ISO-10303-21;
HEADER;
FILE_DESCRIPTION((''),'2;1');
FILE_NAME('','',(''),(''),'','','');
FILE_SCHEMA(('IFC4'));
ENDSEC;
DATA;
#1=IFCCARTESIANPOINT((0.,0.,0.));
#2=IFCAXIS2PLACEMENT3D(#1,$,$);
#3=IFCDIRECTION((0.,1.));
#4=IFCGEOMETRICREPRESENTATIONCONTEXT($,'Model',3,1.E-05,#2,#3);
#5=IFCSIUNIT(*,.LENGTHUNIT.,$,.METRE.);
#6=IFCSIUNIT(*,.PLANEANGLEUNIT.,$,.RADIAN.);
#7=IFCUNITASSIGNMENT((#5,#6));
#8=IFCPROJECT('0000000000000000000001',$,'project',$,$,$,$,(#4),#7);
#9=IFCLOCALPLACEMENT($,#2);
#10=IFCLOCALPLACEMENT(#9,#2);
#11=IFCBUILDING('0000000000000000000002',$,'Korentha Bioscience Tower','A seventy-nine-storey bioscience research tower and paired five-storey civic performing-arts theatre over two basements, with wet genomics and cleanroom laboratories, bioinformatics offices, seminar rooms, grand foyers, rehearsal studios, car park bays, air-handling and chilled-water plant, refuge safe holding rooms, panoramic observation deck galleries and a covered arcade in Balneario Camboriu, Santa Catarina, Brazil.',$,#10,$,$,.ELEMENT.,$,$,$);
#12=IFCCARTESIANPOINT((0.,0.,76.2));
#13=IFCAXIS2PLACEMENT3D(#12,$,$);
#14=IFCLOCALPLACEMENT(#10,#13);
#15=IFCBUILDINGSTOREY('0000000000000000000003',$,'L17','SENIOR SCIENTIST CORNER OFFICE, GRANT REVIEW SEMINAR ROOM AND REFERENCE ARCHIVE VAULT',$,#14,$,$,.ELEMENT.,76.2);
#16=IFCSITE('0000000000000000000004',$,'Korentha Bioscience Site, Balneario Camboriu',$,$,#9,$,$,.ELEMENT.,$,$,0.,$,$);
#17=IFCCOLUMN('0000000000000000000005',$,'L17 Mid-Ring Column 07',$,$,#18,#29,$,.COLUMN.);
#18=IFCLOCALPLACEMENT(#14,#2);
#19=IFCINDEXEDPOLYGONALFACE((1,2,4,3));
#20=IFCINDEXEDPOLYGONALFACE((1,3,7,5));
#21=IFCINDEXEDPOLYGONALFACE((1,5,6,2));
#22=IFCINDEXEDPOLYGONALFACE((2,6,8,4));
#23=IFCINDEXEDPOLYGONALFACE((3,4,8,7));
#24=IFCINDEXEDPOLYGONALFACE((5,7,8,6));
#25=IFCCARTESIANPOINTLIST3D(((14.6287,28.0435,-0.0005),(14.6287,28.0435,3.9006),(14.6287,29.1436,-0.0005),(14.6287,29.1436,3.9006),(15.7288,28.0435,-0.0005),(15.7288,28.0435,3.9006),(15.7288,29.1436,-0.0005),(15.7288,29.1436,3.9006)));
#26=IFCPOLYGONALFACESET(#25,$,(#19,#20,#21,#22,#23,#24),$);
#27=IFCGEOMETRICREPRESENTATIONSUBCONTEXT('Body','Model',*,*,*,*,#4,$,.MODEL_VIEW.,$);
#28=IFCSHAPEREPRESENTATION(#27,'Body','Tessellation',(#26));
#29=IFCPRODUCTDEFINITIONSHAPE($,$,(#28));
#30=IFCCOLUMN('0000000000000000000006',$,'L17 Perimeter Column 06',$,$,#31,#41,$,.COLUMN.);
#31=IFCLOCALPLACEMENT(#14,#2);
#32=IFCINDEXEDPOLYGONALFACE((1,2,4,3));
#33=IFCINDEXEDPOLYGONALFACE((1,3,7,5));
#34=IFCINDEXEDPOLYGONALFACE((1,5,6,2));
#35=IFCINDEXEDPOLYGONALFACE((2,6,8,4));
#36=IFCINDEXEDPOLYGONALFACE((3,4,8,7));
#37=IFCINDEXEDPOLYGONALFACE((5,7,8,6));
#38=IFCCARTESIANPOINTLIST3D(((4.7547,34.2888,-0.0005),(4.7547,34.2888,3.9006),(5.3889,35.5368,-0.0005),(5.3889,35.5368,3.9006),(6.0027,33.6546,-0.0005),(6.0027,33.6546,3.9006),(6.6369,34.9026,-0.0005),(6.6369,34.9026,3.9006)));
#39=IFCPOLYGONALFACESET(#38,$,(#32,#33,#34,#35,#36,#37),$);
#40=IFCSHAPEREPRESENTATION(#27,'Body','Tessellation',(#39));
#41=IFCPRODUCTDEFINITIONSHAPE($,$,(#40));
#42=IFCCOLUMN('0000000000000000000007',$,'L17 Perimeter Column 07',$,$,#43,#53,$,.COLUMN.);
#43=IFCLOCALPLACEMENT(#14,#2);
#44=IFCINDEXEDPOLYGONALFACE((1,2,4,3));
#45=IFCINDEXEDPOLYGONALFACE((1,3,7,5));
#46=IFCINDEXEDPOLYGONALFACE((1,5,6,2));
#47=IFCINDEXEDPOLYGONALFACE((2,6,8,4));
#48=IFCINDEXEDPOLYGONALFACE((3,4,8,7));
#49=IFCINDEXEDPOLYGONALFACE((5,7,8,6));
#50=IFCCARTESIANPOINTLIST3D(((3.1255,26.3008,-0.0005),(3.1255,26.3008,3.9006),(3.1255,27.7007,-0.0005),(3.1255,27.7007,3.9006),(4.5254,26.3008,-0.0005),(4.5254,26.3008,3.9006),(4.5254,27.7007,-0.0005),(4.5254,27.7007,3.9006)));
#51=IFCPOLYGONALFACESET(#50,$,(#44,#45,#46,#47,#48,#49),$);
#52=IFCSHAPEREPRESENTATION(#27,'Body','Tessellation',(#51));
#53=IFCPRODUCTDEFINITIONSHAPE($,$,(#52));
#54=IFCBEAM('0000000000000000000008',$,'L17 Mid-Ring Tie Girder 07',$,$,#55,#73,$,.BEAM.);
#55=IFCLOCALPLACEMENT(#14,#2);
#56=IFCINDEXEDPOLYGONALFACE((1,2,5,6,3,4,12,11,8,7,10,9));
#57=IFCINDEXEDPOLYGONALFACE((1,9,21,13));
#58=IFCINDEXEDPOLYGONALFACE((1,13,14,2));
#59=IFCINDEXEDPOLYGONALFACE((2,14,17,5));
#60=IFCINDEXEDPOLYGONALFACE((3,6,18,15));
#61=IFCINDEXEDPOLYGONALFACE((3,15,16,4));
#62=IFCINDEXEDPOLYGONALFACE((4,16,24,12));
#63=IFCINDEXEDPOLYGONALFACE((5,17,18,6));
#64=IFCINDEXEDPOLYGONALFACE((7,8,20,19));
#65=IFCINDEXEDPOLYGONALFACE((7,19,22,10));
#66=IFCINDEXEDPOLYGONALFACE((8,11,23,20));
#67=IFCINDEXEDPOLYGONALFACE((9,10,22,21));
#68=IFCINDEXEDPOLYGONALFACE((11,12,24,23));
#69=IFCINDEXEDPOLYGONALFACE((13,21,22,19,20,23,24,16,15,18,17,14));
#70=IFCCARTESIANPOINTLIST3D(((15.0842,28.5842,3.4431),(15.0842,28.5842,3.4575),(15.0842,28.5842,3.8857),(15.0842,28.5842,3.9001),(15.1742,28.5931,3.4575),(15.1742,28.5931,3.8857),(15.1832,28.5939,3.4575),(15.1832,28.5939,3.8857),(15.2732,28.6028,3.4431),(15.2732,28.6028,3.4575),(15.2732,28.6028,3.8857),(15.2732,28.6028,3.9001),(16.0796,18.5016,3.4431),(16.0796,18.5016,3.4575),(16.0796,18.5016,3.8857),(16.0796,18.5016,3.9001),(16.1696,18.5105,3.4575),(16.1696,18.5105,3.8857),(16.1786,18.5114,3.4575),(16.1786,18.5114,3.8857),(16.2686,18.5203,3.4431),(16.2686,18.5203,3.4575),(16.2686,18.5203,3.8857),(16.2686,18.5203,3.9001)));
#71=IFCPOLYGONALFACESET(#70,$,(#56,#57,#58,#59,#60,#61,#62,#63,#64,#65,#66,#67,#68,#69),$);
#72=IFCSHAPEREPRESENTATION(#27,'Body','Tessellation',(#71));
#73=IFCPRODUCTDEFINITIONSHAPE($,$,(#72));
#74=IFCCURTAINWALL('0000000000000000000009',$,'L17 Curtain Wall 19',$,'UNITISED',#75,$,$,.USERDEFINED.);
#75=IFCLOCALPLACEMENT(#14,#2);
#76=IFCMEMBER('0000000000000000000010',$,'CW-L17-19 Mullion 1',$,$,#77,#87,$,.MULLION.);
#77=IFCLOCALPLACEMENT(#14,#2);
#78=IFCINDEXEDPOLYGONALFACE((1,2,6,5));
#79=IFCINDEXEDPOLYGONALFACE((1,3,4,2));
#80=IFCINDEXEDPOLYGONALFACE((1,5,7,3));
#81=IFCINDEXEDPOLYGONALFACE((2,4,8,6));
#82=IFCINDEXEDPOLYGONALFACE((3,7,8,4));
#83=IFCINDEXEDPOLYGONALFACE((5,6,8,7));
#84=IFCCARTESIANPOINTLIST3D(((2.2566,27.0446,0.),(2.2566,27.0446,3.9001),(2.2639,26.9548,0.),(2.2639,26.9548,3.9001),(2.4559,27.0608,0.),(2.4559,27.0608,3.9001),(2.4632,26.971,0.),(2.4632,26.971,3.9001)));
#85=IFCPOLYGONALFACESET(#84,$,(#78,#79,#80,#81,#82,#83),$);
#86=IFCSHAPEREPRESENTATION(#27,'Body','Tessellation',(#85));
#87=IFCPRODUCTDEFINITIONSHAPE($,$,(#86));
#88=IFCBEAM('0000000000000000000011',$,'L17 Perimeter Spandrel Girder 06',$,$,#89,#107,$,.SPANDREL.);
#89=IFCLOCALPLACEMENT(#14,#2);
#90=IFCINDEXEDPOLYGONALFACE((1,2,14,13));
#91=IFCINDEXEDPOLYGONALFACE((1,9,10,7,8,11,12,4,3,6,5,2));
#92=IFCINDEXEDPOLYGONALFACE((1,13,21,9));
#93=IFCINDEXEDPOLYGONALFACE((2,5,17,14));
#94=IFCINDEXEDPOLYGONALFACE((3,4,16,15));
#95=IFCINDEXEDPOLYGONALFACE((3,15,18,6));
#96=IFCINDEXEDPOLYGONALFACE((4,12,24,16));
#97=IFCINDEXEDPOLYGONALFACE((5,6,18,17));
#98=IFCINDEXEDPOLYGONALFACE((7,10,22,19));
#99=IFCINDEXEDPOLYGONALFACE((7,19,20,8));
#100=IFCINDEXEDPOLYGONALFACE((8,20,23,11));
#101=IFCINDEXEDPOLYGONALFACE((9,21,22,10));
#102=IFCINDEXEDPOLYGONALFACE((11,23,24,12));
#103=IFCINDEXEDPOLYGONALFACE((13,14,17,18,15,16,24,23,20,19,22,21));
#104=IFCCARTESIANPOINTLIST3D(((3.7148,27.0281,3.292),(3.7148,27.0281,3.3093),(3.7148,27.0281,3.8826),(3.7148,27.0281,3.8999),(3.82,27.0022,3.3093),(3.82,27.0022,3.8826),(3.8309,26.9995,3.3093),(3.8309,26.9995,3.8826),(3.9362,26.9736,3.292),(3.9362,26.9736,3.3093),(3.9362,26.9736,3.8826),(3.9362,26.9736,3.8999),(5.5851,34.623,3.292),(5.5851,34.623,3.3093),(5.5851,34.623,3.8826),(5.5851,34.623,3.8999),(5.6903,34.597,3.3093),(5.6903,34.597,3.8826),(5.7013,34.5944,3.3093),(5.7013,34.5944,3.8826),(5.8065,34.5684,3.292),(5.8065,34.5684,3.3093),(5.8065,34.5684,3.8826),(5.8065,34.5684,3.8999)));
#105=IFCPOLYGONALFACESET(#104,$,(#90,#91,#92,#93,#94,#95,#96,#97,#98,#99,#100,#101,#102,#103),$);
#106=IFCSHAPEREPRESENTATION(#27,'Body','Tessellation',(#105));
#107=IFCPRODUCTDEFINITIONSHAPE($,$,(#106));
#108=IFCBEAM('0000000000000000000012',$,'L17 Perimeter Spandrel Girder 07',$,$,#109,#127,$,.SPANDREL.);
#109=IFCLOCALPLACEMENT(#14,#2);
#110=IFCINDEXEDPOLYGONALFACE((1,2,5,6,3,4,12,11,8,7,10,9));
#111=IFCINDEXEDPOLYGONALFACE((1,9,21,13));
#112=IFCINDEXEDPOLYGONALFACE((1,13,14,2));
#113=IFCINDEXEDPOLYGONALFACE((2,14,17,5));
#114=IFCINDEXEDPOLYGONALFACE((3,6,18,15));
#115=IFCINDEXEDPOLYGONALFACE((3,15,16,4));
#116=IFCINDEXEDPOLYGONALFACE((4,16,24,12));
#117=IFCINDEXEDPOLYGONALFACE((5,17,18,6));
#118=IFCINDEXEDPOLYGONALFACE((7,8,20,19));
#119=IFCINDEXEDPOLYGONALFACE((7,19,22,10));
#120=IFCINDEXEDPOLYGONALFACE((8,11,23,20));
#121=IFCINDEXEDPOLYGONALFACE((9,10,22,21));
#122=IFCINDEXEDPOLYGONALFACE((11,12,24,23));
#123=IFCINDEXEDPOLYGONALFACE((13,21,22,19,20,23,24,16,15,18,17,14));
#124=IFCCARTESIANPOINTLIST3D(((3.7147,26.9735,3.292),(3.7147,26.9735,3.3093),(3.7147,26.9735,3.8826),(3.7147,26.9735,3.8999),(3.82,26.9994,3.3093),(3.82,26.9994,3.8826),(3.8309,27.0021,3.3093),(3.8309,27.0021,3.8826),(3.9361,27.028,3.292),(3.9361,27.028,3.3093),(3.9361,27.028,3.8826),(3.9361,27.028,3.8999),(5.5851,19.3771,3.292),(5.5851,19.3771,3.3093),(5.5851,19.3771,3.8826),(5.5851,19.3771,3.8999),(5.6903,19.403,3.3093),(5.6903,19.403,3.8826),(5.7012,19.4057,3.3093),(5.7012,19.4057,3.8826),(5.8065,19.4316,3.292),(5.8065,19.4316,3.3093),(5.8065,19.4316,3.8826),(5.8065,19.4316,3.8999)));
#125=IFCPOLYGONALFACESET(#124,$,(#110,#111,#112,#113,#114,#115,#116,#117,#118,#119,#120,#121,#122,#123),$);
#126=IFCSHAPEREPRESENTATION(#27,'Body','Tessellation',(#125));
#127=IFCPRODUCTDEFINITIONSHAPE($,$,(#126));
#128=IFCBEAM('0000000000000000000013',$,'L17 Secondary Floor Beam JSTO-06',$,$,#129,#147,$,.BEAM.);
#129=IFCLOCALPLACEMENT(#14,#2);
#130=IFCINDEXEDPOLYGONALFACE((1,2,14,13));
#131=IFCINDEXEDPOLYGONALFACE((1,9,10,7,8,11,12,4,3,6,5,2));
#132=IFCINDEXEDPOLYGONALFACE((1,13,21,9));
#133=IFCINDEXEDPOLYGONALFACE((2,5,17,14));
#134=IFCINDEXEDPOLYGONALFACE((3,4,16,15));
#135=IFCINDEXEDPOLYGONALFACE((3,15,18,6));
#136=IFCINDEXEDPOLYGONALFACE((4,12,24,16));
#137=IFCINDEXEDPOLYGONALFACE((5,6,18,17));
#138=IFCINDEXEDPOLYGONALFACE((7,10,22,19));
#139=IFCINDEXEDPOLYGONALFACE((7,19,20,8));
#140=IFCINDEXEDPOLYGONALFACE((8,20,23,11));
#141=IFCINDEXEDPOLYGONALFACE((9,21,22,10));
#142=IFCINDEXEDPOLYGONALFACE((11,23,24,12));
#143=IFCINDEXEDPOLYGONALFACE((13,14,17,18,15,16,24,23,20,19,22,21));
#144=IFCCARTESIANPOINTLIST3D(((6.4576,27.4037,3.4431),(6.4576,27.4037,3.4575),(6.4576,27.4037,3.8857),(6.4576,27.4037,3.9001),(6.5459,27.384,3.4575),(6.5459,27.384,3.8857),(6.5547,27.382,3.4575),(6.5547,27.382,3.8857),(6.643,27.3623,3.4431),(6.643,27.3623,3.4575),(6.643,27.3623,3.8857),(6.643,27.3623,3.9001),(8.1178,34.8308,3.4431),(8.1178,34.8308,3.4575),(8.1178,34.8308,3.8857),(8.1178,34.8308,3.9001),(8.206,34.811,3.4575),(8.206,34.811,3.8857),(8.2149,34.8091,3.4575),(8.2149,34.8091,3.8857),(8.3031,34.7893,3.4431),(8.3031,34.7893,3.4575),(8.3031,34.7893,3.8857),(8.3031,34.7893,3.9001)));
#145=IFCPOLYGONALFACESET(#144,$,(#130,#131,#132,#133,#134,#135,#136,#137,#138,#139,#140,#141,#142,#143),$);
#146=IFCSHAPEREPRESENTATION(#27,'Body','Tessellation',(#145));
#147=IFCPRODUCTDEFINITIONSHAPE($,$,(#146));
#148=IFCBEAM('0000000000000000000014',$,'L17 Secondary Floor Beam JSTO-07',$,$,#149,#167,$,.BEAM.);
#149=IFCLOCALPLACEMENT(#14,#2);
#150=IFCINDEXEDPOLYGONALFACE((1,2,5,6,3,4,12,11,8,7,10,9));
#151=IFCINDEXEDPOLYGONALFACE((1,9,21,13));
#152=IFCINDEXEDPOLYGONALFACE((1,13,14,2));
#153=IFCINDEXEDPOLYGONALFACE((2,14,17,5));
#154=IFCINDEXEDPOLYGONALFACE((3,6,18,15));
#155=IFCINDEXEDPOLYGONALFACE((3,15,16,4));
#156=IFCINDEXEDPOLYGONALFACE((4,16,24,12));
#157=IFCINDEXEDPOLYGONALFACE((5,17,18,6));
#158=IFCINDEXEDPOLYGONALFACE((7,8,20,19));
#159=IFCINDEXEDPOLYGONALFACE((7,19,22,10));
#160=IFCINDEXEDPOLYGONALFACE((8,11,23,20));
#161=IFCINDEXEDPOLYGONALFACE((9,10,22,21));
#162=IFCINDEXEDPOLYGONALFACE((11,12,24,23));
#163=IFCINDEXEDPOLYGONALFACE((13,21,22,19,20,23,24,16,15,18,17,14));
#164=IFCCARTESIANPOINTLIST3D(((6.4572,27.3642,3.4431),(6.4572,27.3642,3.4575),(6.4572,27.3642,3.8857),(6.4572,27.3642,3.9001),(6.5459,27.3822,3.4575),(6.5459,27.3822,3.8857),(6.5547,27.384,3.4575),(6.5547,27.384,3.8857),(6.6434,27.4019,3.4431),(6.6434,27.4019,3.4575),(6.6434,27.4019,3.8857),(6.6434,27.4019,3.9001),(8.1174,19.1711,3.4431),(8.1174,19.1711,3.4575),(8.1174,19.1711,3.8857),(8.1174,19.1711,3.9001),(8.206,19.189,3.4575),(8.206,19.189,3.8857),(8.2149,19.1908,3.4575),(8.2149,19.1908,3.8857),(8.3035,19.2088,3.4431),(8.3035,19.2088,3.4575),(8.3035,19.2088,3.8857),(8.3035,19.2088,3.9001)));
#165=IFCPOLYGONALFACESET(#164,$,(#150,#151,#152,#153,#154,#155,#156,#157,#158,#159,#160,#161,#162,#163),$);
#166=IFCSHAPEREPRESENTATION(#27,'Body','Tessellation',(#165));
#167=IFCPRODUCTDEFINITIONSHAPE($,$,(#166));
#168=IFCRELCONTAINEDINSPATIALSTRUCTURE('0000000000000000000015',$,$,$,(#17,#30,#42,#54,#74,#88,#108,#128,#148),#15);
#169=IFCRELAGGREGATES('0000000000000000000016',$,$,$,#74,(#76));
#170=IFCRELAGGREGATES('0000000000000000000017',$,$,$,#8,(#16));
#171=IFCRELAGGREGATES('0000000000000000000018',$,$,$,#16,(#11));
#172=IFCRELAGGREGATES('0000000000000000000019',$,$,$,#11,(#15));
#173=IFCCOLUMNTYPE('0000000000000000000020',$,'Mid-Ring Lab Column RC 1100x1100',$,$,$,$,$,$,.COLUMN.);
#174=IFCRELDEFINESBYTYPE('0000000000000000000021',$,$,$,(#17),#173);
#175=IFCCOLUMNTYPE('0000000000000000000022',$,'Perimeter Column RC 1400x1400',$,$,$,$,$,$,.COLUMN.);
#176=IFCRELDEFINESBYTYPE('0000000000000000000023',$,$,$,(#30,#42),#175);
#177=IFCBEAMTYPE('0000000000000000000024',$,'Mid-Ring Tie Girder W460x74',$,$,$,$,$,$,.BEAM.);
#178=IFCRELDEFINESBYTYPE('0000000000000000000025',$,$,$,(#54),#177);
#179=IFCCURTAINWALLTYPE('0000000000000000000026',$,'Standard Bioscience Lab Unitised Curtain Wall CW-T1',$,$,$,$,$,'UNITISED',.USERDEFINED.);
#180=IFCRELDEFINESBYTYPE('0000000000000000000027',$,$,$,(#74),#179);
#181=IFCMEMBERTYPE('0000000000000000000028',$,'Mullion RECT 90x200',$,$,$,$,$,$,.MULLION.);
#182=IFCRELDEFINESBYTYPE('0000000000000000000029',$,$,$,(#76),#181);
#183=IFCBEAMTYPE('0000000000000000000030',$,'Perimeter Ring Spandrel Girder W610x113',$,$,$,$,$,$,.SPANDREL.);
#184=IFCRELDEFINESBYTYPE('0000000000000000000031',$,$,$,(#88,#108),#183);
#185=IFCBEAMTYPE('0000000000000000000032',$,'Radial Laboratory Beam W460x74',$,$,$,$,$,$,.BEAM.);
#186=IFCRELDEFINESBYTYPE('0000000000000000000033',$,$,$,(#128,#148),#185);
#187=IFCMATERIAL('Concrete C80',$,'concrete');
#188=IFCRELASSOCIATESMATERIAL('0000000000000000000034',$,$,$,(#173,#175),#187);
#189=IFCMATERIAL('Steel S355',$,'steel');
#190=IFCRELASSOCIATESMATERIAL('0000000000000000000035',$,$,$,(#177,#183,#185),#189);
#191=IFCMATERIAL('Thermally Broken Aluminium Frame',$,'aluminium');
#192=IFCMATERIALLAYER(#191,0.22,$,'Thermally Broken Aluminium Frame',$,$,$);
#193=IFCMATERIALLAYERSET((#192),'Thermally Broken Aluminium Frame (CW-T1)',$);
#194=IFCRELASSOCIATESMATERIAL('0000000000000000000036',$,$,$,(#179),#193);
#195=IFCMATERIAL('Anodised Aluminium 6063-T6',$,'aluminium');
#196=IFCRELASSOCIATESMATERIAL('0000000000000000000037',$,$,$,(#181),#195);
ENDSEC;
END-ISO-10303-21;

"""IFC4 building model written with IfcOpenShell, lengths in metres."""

from ifc_helpers import new_model, si_unit, direction, frame, origin, origin_2d, place, context, subcontext, project, spatial, rectangle, i_section, extrude, material, layer, layer_set, material_profile, profile_set, type_object, element, aggregate, save


model = new_model("IFC4")

# Units and contexts
model_context = context("Model", 3, precision=1e-05, world=origin(), true_north=direction((0.0, 1.0)))
body_context = subcontext(model_context, "Body", "Model", "MODEL_VIEW")
ifc_project = project(units=[si_unit("LENGTHUNIT", "METRE"), si_unit("PLANEANGLEUNIT", "RADIAN")], contexts=[model_context])

# Site, building, storey
site_placement = place(None, origin())
site = spatial("IfcSite", under=ifc_project, at=site_placement, Name="Korentha Bioscience Site, Balneario Camboriu", CompositionType="ELEMENT", RefElevation=0.0)
building_placement = place(site_placement, origin())
building = spatial("IfcBuilding", under=site, at=building_placement, Name="Korentha Bioscience Tower", Description="A seventy-nine-storey bioscience research tower and paired five-storey civic performing-arts theatre over two basements, with wet genomics and cleanroom laboratories, bioinformatics offices, seminar rooms, grand foyers, rehearsal studios, car park bays, air-handling and chilled-water plant, refuge safe holding rooms, panoramic observation deck galleries and a covered arcade in Balneario Camboriu, Santa Catarina, Brazil.", CompositionType="ELEMENT")
storey_placement = place(building_placement, frame((0.0, 0.0, 76.2)))
storey = spatial("IfcBuildingStorey", under=building, at=storey_placement, Name="L17", Description="SENIOR SCIENTIST CORNER OFFICE, GRANT REVIEW SEMINAR ROOM AND REFERENCE ARCHIVE VAULT", CompositionType="ELEMENT", Elevation=76.2)

# Columns
ifc_material_1 = material(Name="Concrete C80", Category="concrete")
ifc_material_profile_1 = material_profile(ifc_material_1, rectangle(XDim=1.1001, YDim=1.1001, at=origin_2d()), Name="Concrete C80")
ifc_profile_set_1 = profile_set([ifc_material_profile_1], Name="Concrete C80 (COL-MR11)")
column_type_1 = type_object("IfcColumnType", Name="Mid-Ring Lab Column RC 1100x1100", PredefinedType="COLUMN", material=ifc_profile_set_1)
column_placement = place(storey_placement, frame((15.1787, 28.5935, -0.0005), z_axis=(0.0, 0.0, 1.0), x_axis=(1.0, 0.0, 0.0)))
element("IfcColumn", 1, at=column_placement, inside=storey, type_object=column_type_1, Name="L17 Mid-Ring Column 07", PredefinedType="COLUMN", context=body_context, shape_type="SweptSolid", body=[
    extrude(rectangle(XDim=1.1001, YDim=1.1001, at=origin_2d()), origin(), (0.0, 0.0, 1.0), 3.9011),
])
ifc_material_profile_2 = material_profile(ifc_material_1, rectangle(XDim=1.3999, YDim=1.3999, at=origin_2d()), Name="Concrete C80")
ifc_profile_set_2 = profile_set([ifc_material_profile_2], Name="Concrete C80 (COL-P14)")
column_type_2 = type_object("IfcColumnType", Name="Perimeter Column RC 1400x1400", PredefinedType="COLUMN", material=ifc_profile_set_2)
for number, where, z_axis, x_axis, name in (
    (2, (5.6958, 34.5957, -0.0005), (0.0, 0.0, 1.0), (0.453057, 0.891481, 0.0), "L17 Perimeter Column 06"),
    (3, (3.8254, 27.0007, -0.0005), (0.0, 0.0, 1.0), (0.0, 1.0, 0.0), "L17 Perimeter Column 07"),
):
    element("IfcColumn", number, at=place(storey_placement, frame(where, z_axis=z_axis, x_axis=x_axis)), inside=storey, type_object=column_type_2, Name=name, PredefinedType="COLUMN", context=body_context, shape_type="SweptSolid", body=[
        extrude(rectangle(XDim=1.3999, YDim=1.3999, at=origin_2d()), origin(), (0.0, 0.0, 1.0), 3.9011),
    ])

# Beam
ifc_material_2 = material(Name="Steel S355", Category="steel")
ifc_material_profile_3 = material_profile(ifc_material_2, i_section(OverallWidth=0.1899, OverallDepth=0.457, WebThickness=0.009, FlangeThickness=0.0144, at=origin_2d()), Name="Steel S355")
ifc_profile_set_3 = profile_set([ifc_material_profile_3], Name="Steel S355 (MB-460)")
beam_type_1 = type_object("IfcBeamType", Name="Mid-Ring Tie Girder W460x74", PredefinedType="BEAM", material=ifc_profile_set_3)
beam_1_placement = place(storey_placement, frame((15.1787, 28.5935, 3.6716), z_axis=(0.098244, -0.995162, 0.0), x_axis=(0.995162, 0.098244, 0.0)))
element("IfcBeam", 4, at=beam_1_placement, inside=storey, type_object=beam_type_1, Name="L17 Mid-Ring Tie Girder 07", PredefinedType="BEAM", context=body_context, shape_type="SweptSolid", body=[
    extrude(i_section(OverallWidth=0.1899, OverallDepth=0.457, WebThickness=0.009, FlangeThickness=0.0144, at=origin_2d()), origin(), (0.0, 0.0, 1.0), 10.1316),
])

# Curtain wall, member
ifc_material_3 = material(Name="Thermally Broken Aluminium Frame", Category="aluminium")
ifc_layer_1 = layer(ifc_material_3, 0.22, Name="Thermally Broken Aluminium Frame")
ifc_layer_set_1 = layer_set([ifc_layer_1], Name="Thermally Broken Aluminium Frame (CW-T1)")
curtain_wall_type = type_object("IfcCurtainWallType", Name="Standard Bioscience Lab Unitised Curtain Wall CW-T1", ElementType="UNITISED", PredefinedType="USERDEFINED", material=ifc_layer_set_1)
curtain_wall_placement = place(storey_placement, origin())
curtain_wall = element("IfcCurtainWall", 5, at=curtain_wall_placement, inside=storey, type_object=curtain_wall_type, Name="L17 Curtain Wall 19", ObjectType="UNITISED", PredefinedType="USERDEFINED")
ifc_material_4 = material(Name="Anodised Aluminium 6063-T6", Category="aluminium")
ifc_material_profile_4 = material_profile(ifc_material_4, rectangle(XDim=0.0901, YDim=0.2, at=origin_2d()), Name="Anodised Aluminium 6063-T6")
ifc_profile_set_4 = profile_set([ifc_material_profile_4], Name="Anodised Aluminium 6063-T6 (CW-MUL)")
member_type_1 = type_object("IfcMemberType", Name="Mullion RECT 90x200", PredefinedType="MULLION", material=ifc_profile_set_4)
member_1_placement = place(storey_placement, frame((2.3599, 27.0078, 0.0), z_axis=(0.0, 0.0, 1.0), x_axis=(0.08082, -0.996729, 0.0)))
member_1 = element("IfcMember", 6, at=member_1_placement, type_object=member_type_1, Name="CW-L17-19 Mullion 1", PredefinedType="MULLION", context=body_context, shape_type="SweptSolid", body=[
    extrude(rectangle(XDim=0.0901, YDim=0.2, at=origin_2d()), origin(), (0.0, 0.0, 1.0), 3.9001),
])

# Beams
ifc_material_profile_5 = material_profile(ifc_material_2, i_section(OverallWidth=0.228, OverallDepth=0.6079, WebThickness=0.0112, FlangeThickness=0.0173, at=origin_2d()), Name="Steel S355")
ifc_profile_set_5 = profile_set([ifc_material_profile_5], Name="Steel S355 (SB-610)")
beam_type_2 = type_object("IfcBeamType", Name="Perimeter Ring Spandrel Girder W610x113", PredefinedType="SPANDREL", material=ifc_profile_set_5)
beam_2_placement = place(storey_placement, frame((5.6958, 34.5957, 3.5959), z_axis=(-0.239119, -0.97099, 0.0), x_axis=(0.97099, -0.239119, 0.0)))
element("IfcBeam", 7, at=beam_2_placement, inside=storey, type_object=beam_type_2, Name="L17 Perimeter Spandrel Girder 06", PredefinedType="SPANDREL", context=body_context, shape_type="SweptSolid", body=[
    extrude(i_section(OverallWidth=0.228, OverallDepth=0.6079, WebThickness=0.0112, FlangeThickness=0.0173, at=origin_2d()), origin(), (0.0, 0.0, 1.0), 7.8218),
])
beam_3_placement = place(storey_placement, frame((3.8254, 27.0007, 3.5959), z_axis=(0.239076, -0.971001, 0.0), x_axis=(0.971001, 0.239076, 0.0)))
element("IfcBeam", 8, at=beam_3_placement, inside=storey, type_object=beam_type_2, Name="L17 Perimeter Spandrel Girder 07", PredefinedType="SPANDREL", context=body_context, shape_type="SweptSolid", body=[
    extrude(i_section(OverallWidth=0.228, OverallDepth=0.6079, WebThickness=0.0112, FlangeThickness=0.0173, at=origin_2d()), origin(), (0.0, 0.0, 1.0), 7.8232),
])
ifc_material_profile_6 = material_profile(ifc_material_2, i_section(OverallWidth=0.1899, OverallDepth=0.457, WebThickness=0.009, FlangeThickness=0.0144, at=origin_2d()), Name="Steel S355")
ifc_profile_set_6 = profile_set([ifc_material_profile_6], Name="Steel S355 (RB-460)")
beam_type_3 = type_object("IfcBeamType", Name="Radial Laboratory Beam W460x74", PredefinedType="BEAM", material=ifc_profile_set_6)
beam_4_placement = place(storey_placement, frame((8.2104, 34.8101, 3.6716), z_axis=(-0.218146, -0.975916, 0.0), x_axis=(0.975916, -0.218146, 0.0)))
element("IfcBeam", 9, at=beam_4_placement, inside=storey, type_object=beam_type_3, Name="L17 Secondary Floor Beam JSTO-06", PredefinedType="BEAM", context=body_context, shape_type="SweptSolid", body=[
    extrude(i_section(OverallWidth=0.1899, OverallDepth=0.457, WebThickness=0.009, FlangeThickness=0.0144, at=origin_2d()), origin(), (0.0, 0.0, 1.0), 7.6104),
])
beam_5_placement = place(storey_placement, frame((6.5503, 27.3831, 3.6716), z_axis=(0.198592, -0.980082, 0.0), x_axis=(0.980082, 0.198592, 0.0)))
element("IfcBeam", 10, at=beam_5_placement, inside=storey, type_object=beam_type_3, Name="L17 Secondary Floor Beam JSTO-07", PredefinedType="BEAM", context=body_context, shape_type="SweptSolid", body=[
    extrude(i_section(OverallWidth=0.1899, OverallDepth=0.457, WebThickness=0.009, FlangeThickness=0.0144, at=origin_2d()), origin(), (0.0, 0.0, 1.0), 8.3596),
])

aggregate(curtain_wall, [member_1])

save(model, "model.ifc")
